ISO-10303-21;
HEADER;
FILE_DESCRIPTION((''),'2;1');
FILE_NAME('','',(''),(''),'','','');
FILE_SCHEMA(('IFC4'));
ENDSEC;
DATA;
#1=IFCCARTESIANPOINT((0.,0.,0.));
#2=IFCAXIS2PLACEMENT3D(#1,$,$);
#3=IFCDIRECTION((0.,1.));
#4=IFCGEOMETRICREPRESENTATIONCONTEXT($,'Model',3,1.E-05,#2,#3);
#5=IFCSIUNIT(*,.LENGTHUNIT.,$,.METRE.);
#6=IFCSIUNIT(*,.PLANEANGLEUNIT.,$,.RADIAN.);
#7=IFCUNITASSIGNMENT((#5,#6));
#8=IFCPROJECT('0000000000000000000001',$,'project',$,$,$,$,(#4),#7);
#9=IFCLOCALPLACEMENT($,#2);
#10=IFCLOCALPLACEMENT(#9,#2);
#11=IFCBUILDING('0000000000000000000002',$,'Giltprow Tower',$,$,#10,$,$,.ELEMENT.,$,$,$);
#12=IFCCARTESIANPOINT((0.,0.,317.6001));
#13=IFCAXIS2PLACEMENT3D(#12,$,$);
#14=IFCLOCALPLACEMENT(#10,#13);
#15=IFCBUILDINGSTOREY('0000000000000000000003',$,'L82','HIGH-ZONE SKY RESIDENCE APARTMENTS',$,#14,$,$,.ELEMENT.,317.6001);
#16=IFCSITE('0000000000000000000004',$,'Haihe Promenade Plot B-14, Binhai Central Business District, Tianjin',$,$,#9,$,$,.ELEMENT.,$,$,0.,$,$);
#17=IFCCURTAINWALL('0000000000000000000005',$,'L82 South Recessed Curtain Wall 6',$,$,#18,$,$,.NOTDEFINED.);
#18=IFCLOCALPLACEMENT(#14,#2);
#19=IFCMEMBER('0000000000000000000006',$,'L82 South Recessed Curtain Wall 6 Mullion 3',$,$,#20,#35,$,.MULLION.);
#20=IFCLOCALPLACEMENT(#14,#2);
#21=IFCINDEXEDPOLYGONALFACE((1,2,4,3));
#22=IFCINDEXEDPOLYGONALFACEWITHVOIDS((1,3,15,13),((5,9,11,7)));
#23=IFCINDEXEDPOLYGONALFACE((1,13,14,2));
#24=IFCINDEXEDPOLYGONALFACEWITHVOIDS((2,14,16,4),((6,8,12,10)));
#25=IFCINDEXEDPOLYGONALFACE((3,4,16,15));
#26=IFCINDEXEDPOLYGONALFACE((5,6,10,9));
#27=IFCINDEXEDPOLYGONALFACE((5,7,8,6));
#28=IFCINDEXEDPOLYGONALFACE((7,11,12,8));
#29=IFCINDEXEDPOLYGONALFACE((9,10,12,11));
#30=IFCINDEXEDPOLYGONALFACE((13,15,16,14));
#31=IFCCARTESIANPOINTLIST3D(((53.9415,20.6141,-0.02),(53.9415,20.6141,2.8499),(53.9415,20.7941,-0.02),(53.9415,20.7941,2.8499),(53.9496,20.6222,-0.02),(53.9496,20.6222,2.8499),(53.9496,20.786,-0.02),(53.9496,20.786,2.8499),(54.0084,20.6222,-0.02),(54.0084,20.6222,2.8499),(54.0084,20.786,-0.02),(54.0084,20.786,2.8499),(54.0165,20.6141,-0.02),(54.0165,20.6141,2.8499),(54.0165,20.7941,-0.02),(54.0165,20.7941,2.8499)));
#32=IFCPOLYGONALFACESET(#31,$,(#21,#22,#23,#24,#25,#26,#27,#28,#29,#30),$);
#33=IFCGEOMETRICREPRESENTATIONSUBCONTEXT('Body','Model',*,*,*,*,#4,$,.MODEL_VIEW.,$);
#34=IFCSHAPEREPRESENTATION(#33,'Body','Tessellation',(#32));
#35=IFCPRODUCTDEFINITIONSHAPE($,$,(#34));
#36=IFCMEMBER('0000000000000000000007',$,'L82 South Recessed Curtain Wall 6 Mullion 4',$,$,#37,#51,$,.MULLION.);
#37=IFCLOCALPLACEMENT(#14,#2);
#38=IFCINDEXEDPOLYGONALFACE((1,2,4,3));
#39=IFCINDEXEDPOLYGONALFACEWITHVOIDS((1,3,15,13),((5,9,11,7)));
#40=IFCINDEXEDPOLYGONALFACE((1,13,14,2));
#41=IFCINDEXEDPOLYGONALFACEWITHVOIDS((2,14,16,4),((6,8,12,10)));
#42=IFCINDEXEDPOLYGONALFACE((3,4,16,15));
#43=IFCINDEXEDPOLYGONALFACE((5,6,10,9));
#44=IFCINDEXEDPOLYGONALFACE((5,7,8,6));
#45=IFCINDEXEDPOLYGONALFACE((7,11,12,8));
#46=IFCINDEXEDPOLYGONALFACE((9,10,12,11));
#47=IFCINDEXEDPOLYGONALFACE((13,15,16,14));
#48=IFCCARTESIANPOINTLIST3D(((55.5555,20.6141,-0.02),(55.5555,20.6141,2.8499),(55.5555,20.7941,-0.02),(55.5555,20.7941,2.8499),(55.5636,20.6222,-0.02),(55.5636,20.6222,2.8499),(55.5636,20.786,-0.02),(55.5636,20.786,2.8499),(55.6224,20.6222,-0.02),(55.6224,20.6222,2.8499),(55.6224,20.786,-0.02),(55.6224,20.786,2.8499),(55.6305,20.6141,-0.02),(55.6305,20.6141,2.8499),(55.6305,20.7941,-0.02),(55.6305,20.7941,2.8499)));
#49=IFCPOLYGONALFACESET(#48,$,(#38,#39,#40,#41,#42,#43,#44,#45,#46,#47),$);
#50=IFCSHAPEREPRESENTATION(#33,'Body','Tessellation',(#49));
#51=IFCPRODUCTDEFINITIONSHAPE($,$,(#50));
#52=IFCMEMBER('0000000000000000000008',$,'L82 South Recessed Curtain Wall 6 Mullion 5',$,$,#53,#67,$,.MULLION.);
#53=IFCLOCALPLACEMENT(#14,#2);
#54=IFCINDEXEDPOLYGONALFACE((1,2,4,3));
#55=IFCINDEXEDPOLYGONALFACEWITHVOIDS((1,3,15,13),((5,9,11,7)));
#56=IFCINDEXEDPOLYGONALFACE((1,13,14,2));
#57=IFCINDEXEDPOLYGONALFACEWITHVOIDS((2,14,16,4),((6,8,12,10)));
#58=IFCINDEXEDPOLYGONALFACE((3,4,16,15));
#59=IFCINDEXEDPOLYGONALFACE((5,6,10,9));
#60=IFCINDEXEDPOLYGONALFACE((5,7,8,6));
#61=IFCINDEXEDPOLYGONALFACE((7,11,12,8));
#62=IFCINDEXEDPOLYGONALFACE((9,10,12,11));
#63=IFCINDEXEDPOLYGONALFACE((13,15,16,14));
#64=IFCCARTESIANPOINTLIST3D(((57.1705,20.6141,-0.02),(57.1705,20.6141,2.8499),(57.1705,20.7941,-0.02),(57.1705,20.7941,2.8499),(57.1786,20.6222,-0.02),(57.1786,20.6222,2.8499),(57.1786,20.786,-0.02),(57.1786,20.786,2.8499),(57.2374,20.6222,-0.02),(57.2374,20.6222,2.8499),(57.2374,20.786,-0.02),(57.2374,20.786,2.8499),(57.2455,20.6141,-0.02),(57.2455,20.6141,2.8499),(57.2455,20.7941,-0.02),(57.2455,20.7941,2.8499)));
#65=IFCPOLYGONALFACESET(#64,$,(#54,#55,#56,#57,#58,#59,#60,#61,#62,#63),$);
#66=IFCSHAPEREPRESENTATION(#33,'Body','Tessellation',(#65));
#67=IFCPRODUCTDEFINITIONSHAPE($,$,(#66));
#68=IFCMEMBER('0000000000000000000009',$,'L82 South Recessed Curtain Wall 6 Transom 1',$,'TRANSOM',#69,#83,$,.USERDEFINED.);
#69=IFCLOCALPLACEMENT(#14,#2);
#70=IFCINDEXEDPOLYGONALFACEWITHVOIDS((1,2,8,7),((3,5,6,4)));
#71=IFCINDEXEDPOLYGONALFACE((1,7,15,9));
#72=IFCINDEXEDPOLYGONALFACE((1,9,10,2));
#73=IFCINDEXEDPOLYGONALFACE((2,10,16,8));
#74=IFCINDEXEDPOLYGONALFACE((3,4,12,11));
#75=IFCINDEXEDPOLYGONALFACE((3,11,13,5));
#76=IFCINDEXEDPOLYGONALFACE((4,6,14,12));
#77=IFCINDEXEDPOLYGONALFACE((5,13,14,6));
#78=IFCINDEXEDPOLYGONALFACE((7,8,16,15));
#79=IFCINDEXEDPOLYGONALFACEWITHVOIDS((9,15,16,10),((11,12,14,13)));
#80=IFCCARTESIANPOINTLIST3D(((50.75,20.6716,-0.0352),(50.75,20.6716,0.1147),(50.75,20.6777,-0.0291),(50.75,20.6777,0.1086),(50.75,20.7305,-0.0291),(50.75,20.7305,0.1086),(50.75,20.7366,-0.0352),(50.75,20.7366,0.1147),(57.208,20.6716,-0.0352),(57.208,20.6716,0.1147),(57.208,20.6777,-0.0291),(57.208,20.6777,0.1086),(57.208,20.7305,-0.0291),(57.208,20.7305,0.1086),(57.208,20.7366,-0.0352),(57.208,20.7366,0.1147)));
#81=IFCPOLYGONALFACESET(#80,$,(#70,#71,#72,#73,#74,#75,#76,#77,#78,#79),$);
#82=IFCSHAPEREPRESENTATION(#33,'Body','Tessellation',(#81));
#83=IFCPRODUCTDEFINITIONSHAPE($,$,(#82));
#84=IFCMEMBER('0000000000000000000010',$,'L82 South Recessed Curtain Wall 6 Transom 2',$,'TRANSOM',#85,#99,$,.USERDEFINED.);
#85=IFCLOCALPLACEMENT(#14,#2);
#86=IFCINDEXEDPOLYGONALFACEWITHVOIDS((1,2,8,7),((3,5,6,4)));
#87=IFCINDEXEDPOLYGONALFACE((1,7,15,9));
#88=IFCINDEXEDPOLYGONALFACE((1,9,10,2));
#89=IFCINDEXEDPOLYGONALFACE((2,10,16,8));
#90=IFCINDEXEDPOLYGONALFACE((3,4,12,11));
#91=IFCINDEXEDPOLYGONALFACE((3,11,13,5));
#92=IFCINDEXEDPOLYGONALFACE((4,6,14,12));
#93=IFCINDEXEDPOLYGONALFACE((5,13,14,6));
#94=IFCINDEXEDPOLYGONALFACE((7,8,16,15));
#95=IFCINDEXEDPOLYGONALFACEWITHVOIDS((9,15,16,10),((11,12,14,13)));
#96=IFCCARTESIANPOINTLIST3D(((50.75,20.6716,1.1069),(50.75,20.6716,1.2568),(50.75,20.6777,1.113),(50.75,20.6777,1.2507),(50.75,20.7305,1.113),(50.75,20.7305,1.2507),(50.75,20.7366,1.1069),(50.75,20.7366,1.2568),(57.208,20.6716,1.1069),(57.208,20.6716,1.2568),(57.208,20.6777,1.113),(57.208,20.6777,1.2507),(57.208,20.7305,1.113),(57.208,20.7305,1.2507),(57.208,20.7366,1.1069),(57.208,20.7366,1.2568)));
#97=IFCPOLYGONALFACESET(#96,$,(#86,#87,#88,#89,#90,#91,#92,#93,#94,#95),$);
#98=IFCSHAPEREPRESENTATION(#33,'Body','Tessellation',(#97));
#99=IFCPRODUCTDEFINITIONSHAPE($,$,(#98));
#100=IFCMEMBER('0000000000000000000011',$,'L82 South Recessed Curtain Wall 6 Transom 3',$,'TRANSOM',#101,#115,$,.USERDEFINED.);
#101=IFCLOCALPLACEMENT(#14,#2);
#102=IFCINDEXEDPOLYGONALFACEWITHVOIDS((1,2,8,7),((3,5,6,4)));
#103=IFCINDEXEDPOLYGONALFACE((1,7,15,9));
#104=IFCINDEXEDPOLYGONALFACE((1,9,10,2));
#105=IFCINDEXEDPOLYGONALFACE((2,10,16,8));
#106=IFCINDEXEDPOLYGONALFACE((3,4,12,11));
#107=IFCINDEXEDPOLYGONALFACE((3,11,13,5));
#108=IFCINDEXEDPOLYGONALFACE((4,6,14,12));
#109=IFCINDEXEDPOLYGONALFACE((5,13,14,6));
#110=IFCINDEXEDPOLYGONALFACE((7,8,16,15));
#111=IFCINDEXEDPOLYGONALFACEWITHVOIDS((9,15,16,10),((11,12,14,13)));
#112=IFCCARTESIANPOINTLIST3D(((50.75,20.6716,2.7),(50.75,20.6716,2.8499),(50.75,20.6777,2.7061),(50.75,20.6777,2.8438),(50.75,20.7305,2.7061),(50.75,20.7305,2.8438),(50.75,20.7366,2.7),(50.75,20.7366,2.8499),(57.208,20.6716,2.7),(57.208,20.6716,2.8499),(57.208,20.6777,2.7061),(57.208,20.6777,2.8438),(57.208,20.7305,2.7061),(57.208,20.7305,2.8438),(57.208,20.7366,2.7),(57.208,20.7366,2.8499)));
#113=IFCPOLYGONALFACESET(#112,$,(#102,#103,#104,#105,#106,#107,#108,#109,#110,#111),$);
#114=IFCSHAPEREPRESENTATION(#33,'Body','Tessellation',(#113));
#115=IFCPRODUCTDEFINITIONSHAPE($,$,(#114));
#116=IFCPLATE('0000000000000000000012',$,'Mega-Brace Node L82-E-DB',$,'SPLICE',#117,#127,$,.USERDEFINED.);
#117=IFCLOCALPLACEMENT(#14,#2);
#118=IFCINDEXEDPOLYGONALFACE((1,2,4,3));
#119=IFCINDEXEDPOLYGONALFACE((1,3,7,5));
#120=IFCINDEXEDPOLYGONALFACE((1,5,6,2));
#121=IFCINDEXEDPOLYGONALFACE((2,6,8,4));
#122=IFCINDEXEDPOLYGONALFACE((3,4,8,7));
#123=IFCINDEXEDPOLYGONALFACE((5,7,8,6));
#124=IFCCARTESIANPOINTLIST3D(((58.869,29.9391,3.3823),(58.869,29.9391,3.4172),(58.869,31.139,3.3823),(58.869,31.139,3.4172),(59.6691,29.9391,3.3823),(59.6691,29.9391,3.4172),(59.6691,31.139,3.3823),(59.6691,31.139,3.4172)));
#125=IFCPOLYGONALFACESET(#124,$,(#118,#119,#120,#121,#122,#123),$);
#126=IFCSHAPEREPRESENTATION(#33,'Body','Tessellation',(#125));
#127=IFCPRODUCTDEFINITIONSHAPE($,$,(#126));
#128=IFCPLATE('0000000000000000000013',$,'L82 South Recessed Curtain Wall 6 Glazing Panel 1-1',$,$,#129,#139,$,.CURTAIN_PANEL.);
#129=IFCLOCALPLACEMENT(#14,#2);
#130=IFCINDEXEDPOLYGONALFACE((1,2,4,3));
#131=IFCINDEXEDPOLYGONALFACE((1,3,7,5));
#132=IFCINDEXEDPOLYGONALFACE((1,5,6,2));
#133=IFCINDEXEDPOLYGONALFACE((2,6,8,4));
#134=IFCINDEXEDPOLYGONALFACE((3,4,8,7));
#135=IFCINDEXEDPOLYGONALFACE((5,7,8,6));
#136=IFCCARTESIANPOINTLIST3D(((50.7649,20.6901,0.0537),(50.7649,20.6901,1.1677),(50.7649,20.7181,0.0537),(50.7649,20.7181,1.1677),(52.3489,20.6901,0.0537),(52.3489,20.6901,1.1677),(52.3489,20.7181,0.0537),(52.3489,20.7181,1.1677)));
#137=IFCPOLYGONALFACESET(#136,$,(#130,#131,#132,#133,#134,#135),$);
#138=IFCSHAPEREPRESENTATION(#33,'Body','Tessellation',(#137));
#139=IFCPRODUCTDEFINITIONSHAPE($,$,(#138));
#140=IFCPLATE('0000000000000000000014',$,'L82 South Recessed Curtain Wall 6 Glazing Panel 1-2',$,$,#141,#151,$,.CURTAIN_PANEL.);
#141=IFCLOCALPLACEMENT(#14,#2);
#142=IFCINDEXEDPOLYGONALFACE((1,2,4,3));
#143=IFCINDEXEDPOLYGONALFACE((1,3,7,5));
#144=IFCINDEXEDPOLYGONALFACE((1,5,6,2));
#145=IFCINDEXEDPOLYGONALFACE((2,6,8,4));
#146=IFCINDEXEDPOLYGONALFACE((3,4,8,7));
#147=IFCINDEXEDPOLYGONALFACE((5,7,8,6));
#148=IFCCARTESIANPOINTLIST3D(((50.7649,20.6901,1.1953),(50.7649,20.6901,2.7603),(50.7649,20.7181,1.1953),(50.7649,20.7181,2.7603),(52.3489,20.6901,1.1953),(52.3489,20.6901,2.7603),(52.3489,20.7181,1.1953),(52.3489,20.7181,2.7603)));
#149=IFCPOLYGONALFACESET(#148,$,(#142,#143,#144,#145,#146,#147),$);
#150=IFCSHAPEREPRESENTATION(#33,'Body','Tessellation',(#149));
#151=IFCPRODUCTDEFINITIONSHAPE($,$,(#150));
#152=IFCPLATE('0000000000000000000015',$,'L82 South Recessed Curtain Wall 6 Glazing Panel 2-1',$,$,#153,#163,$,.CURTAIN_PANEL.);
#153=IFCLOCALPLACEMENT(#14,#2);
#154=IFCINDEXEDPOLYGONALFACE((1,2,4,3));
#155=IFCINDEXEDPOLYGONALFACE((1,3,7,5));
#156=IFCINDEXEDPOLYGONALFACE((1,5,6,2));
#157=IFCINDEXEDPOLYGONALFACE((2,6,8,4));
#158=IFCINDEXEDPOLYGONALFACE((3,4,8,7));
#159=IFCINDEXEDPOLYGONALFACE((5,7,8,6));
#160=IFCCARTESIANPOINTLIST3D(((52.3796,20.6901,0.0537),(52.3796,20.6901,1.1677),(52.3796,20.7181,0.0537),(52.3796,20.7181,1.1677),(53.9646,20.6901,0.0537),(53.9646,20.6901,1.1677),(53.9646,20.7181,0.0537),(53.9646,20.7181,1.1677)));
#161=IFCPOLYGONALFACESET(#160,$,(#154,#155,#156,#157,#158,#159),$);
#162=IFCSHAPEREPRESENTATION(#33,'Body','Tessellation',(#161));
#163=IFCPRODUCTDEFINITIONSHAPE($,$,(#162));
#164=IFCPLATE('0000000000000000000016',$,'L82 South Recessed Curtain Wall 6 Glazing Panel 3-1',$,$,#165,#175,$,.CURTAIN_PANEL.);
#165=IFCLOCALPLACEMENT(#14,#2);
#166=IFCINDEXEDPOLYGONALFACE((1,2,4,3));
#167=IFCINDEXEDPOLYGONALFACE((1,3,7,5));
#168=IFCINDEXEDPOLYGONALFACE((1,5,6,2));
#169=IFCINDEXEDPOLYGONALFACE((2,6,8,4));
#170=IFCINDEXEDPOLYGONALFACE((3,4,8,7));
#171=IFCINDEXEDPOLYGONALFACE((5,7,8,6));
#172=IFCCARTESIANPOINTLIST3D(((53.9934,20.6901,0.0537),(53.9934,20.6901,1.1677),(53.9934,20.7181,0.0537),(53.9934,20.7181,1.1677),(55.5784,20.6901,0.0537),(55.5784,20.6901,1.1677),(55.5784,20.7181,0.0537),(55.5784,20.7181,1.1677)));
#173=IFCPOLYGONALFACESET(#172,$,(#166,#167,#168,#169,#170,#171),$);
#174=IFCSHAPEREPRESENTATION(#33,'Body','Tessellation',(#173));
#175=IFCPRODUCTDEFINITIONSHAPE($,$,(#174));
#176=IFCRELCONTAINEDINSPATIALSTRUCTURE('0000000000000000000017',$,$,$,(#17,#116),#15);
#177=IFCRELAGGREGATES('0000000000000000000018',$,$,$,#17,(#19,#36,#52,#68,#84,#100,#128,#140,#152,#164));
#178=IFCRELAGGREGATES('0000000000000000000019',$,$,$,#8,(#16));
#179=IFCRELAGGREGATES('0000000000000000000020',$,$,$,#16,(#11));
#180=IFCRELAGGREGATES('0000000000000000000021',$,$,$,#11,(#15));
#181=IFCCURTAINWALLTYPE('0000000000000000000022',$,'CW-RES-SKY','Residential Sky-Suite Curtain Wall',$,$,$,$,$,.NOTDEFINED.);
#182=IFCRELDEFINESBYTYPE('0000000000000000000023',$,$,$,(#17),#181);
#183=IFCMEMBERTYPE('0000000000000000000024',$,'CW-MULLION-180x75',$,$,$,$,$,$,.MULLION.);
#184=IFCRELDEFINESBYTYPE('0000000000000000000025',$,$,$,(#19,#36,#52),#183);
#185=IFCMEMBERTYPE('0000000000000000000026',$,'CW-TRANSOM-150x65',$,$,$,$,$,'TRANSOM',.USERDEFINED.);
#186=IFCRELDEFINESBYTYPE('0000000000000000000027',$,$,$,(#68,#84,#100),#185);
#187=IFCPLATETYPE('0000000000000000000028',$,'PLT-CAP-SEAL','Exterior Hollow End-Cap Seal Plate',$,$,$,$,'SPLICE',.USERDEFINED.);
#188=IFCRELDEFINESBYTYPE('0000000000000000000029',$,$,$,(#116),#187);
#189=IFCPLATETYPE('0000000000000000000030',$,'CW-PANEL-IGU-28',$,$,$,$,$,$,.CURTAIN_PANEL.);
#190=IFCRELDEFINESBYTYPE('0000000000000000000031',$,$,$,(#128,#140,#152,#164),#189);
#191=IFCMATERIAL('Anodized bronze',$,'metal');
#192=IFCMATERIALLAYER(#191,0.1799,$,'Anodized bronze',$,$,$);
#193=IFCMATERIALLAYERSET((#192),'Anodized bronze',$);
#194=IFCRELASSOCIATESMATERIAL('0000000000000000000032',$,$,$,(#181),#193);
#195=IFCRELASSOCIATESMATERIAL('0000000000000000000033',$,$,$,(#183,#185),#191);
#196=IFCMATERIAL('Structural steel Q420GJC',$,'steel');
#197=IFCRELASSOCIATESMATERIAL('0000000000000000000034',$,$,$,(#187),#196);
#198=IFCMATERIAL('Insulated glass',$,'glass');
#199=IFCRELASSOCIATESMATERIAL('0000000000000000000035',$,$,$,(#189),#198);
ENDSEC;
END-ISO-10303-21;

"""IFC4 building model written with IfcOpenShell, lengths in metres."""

from ifc_helpers import new_model, si_unit, direction, frame, origin, origin_2d, place, context, subcontext, project, spatial, rectangle, hollow_rectangle, extrude, source, transform, mapped, material, layer, layer_set, material_profile, profile_set, type_object, element, aggregate, save


model = new_model("IFC4")

# Units and contexts
model_context = context("Model", 3, precision=1e-05, world=origin(), true_north=direction((0.0, 1.0)))
body_context = subcontext(model_context, "Body", "Model", "MODEL_VIEW")
ifc_project = project(units=[si_unit("LENGTHUNIT", "METRE"), si_unit("PLANEANGLEUNIT", "RADIAN")], contexts=[model_context])

# Site, building, storey
site_placement = place(None, origin())
site = spatial("IfcSite", under=ifc_project, at=site_placement, Name="Haihe Promenade Plot B-14, Binhai Central Business District, Tianjin", CompositionType="ELEMENT", RefElevation=0.0)
building_placement = place(site_placement, origin())
building = spatial("IfcBuilding", under=site, at=building_placement, Name="Giltprow Tower", CompositionType="ELEMENT")
storey_placement = place(building_placement, frame((0.0, 0.0, 317.6001)))
storey = spatial("IfcBuildingStorey", under=building, at=storey_placement, Name="L82", Description="HIGH-ZONE SKY RESIDENCE APARTMENTS", CompositionType="ELEMENT", Elevation=317.6001)

# Shared definitions
ifc_material_1 = material(Name="Structural steel Q420GJC", Category="steel")

# Curtain wall, members
ifc_material_2 = material(Name="Anodized bronze", Category="metal")
ifc_layer_1 = layer(ifc_material_2, 0.1799, Name="Anodized bronze")
ifc_layer_set_1 = layer_set([ifc_layer_1], Name="Anodized bronze")
curtain_wall_type = type_object("IfcCurtainWallType", Name="CW-RES-SKY", Description="Residential Sky-Suite Curtain Wall", PredefinedType="NOTDEFINED", material=ifc_layer_set_1)
curtain_wall_placement = place(storey_placement, origin())
curtain_wall = element("IfcCurtainWall", 1, at=curtain_wall_placement, inside=storey, type_object=curtain_wall_type, Name="L82 South Recessed Curtain Wall 6", PredefinedType="NOTDEFINED")
ifc_material_profile_1 = material_profile(ifc_material_2, hollow_rectangle(XDim=0.075, YDim=0.1799, WallThickness=0.0081, at=origin_2d()), Name="RHS 180x75x8")
ifc_profile_set_1 = profile_set([ifc_material_profile_1], Name="Anodized bronze")
member_type_1 = type_object("IfcMemberType", Name="CW-MULLION-180x75", PredefinedType="MULLION", material=ifc_profile_set_1)
shared_shape_1 = source(origin(), body_context, "Body", "SweptSolid", [
    extrude(hollow_rectangle(XDim=0.075, YDim=0.1799, WallThickness=0.0081, at=origin_2d()), origin(), (0.0, 0.0, 1.0), 2.8699),
])
member_1_placement = place(storey_placement, frame((53.979, 20.7041, -0.02), z_axis=(0.0, 0.0, 1.0), x_axis=(1.0, 0.0, 0.0)))
member_1 = element("IfcMember", 2, at=member_1_placement, type_object=member_type_1, Name="L82 South Recessed Curtain Wall 6 Mullion 3", PredefinedType="MULLION", context=body_context, shape_type="MappedRepresentation", body=[
    mapped(shared_shape_1, transform((0.0, 0.0, 0.0), x_axis=(1.0, 0.0, 0.0), y_axis=(0.0, 1.0, 0.0), z_axis=(0.0, 0.0, 1.0), scale=1.0)),
])
member_2_placement = place(storey_placement, frame((55.593, 20.7041, -0.02), z_axis=(0.0, 0.0, 1.0), x_axis=(1.0, 0.0, 0.0)))
member_2 = element("IfcMember", 3, at=member_2_placement, type_object=member_type_1, Name="L82 South Recessed Curtain Wall 6 Mullion 4", PredefinedType="MULLION", context=body_context, shape_type="MappedRepresentation", body=[
    mapped(shared_shape_1, transform((0.0, 0.0, 0.0), x_axis=(1.0, 0.0, 0.0), y_axis=(0.0, 1.0, 0.0), z_axis=(0.0, 0.0, 1.0), scale=1.0)),
])
member_3_placement = place(storey_placement, frame((57.208, 20.7041, -0.02), z_axis=(0.0, 0.0, 1.0), x_axis=(1.0, 0.0, 0.0)))
member_3 = element("IfcMember", 4, at=member_3_placement, type_object=member_type_1, Name="L82 South Recessed Curtain Wall 6 Mullion 5", PredefinedType="MULLION", context=body_context, shape_type="MappedRepresentation", body=[
    mapped(shared_shape_1, transform((0.0, 0.0, 0.0), x_axis=(1.0, 0.0, 0.0), y_axis=(0.0, 1.0, 0.0), z_axis=(0.0, 0.0, 1.0), scale=1.0)),
])
ifc_material_profile_2 = material_profile(ifc_material_2, hollow_rectangle(XDim=0.0649, YDim=0.1499, WallThickness=0.0061, at=origin_2d()), Name="RHS 150x65x6")
ifc_profile_set_2 = profile_set([ifc_material_profile_2], Name="Anodized bronze")
member_type_2 = type_object("IfcMemberType", Name="CW-TRANSOM-150x65", ElementType="TRANSOM", PredefinedType="USERDEFINED", material=ifc_profile_set_2)
shared_shape_2 = source(origin(), body_context, "Body", "SweptSolid", [
    extrude(hollow_rectangle(XDim=0.0649, YDim=0.1499, WallThickness=0.0061, at=origin_2d()), origin(), (0.0, 0.0, 1.0), 6.458),
])
member_4_placement = place(storey_placement, frame((50.75, 20.7041, 0.0398), z_axis=(1.0, 0.0, 0.0), x_axis=(0.0, 1.0, 0.0)))
member_4 = element("IfcMember", 5, at=member_4_placement, type_object=member_type_2, Name="L82 South Recessed Curtain Wall 6 Transom 1", ObjectType="TRANSOM", PredefinedType="USERDEFINED", context=body_context, shape_type="MappedRepresentation", body=[
    mapped(shared_shape_2, transform((0.0, 0.0, 0.0), x_axis=(1.0, 0.0, 0.0), y_axis=(0.0, 1.0, 0.0), z_axis=(0.0, 0.0, 1.0), scale=1.0)),
])
member_5_placement = place(storey_placement, frame((50.75, 20.7041, 1.1819), z_axis=(1.0, 0.0, 0.0), x_axis=(0.0, 1.0, 0.0)))
member_5 = element("IfcMember", 6, at=member_5_placement, type_object=member_type_2, Name="L82 South Recessed Curtain Wall 6 Transom 2", ObjectType="TRANSOM", PredefinedType="USERDEFINED", context=body_context, shape_type="MappedRepresentation", body=[
    mapped(shared_shape_2, transform((0.0, 0.0, 0.0), x_axis=(1.0, 0.0, 0.0), y_axis=(0.0, 1.0, 0.0), z_axis=(0.0, 0.0, 1.0), scale=1.0)),
])
member_6_placement = place(storey_placement, frame((50.75, 20.7041, 2.7749), z_axis=(1.0, 0.0, 0.0), x_axis=(0.0, 1.0, 0.0)))
member_6 = element("IfcMember", 7, at=member_6_placement, type_object=member_type_2, Name="L82 South Recessed Curtain Wall 6 Transom 3", ObjectType="TRANSOM", PredefinedType="USERDEFINED", context=body_context, shape_type="MappedRepresentation", body=[
    mapped(shared_shape_2, transform((0.0, 0.0, 0.0), x_axis=(1.0, 0.0, 0.0), y_axis=(0.0, 1.0, 0.0), z_axis=(0.0, 0.0, 1.0), scale=1.0)),
])

# Plates
plate_type_1 = type_object("IfcPlateType", Name="PLT-CAP-SEAL", Description="Exterior Hollow End-Cap Seal Plate", ElementType="SPLICE", PredefinedType="USERDEFINED", material=ifc_material_1)
shared_shape_3 = source(origin(), body_context, "Body", "SweptSolid", [
    extrude(rectangle(XDim=1.2, YDim=0.8, at=origin_2d()), origin(), (0.0, 0.0, 1.0), 0.0349),
])
plate_1_placement = place(storey_placement, frame((59.269, 30.5391, 3.3823), z_axis=(0.0, 0.0, 1.0), x_axis=(0.0, 1.0, 0.0)))
element("IfcPlate", 8, at=plate_1_placement, inside=storey, type_object=plate_type_1, Name="Mega-Brace Node L82-E-DB", ObjectType="SPLICE", PredefinedType="USERDEFINED", context=body_context, shape_type="MappedRepresentation", body=[
    mapped(shared_shape_3, transform((0.0, 0.0, 0.0), x_axis=(1.0, 0.0, 0.0), y_axis=(0.0, 1.0, 0.0), z_axis=(0.0, 0.0, 1.0), scale=1.0)),
])
ifc_material_3 = material(Name="Insulated glass", Category="glass")
plate_type_2 = type_object("IfcPlateType", Name="CW-PANEL-IGU-28", PredefinedType="CURTAIN_PANEL", material=ifc_material_3)
shared_shape_4 = source(origin(), body_context, "Body", "SweptSolid", [
    extrude(rectangle(XDim=1.584, YDim=0.0281, at=origin_2d()), origin(), (0.0, 0.0, 1.0), 1.114),
])
plate_2_placement = place(storey_placement, frame((51.5569, 20.7041, 0.0537), z_axis=(0.0, 0.0, 1.0), x_axis=(1.0, 0.0, 0.0)))
plate_2 = element("IfcPlate", 9, at=plate_2_placement, type_object=plate_type_2, Name="L82 South Recessed Curtain Wall 6 Glazing Panel 1-1", PredefinedType="CURTAIN_PANEL", context=body_context, shape_type="MappedRepresentation", body=[
    mapped(shared_shape_4, transform((0.0, 0.0, 0.0), x_axis=(1.0, 0.0, 0.0), y_axis=(0.0, 1.0, 0.0), z_axis=(0.0, 0.0, 1.0), scale=1.0)),
])
shared_shape_5 = source(origin(), body_context, "Body", "SweptSolid", [
    extrude(rectangle(XDim=1.584, YDim=0.0281, at=origin_2d()), origin(), (0.0, 0.0, 1.0), 1.5649),
])
plate_3_placement = place(storey_placement, frame((51.5569, 20.7041, 1.1953), z_axis=(0.0, 0.0, 1.0), x_axis=(1.0, 0.0, 0.0)))
plate_3 = element("IfcPlate", 10, at=plate_3_placement, type_object=plate_type_2, Name="L82 South Recessed Curtain Wall 6 Glazing Panel 1-2", PredefinedType="CURTAIN_PANEL", context=body_context, shape_type="MappedRepresentation", body=[
    mapped(shared_shape_5, transform((0.0, 0.0, 0.0), x_axis=(1.0, 0.0, 0.0), y_axis=(0.0, 1.0, 0.0), z_axis=(0.0, 0.0, 1.0), scale=1.0)),
])
shared_shape_6 = source(origin(), body_context, "Body", "SweptSolid", [
    extrude(rectangle(XDim=1.585, YDim=0.0281, at=origin_2d()), origin(), (0.0, 0.0, 1.0), 1.114),
])
plate_4_placement = place(storey_placement, frame((53.1721, 20.7041, 0.0537), z_axis=(0.0, 0.0, 1.0), x_axis=(1.0, 0.0, 0.0)))
plate_4 = element("IfcPlate", 11, at=plate_4_placement, type_object=plate_type_2, Name="L82 South Recessed Curtain Wall 6 Glazing Panel 2-1", PredefinedType="CURTAIN_PANEL", context=body_context, shape_type="MappedRepresentation", body=[
    mapped(shared_shape_6, transform((0.0, 0.0, 0.0), x_axis=(1.0, 0.0, 0.0), y_axis=(0.0, 1.0, 0.0), z_axis=(0.0, 0.0, 1.0), scale=1.0)),
])
plate_5_placement = place(storey_placement, frame((54.7859, 20.7041, 0.0537), z_axis=(0.0, 0.0, 1.0), x_axis=(1.0, 0.0, 0.0)))
plate_5 = element("IfcPlate", 12, at=plate_5_placement, type_object=plate_type_2, Name="L82 South Recessed Curtain Wall 6 Glazing Panel 3-1", PredefinedType="CURTAIN_PANEL", context=body_context, shape_type="MappedRepresentation", body=[
    mapped(shared_shape_6, transform((0.0, 0.0, 0.0), x_axis=(1.0, 0.0, 0.0), y_axis=(0.0, 1.0, 0.0), z_axis=(0.0, 0.0, 1.0), scale=1.0)),
])
aggregate(curtain_wall, [member_1, member_2, member_3, member_4, member_5, member_6, plate_2, plate_3, plate_4, plate_5])

save(model, "model.ifc")
